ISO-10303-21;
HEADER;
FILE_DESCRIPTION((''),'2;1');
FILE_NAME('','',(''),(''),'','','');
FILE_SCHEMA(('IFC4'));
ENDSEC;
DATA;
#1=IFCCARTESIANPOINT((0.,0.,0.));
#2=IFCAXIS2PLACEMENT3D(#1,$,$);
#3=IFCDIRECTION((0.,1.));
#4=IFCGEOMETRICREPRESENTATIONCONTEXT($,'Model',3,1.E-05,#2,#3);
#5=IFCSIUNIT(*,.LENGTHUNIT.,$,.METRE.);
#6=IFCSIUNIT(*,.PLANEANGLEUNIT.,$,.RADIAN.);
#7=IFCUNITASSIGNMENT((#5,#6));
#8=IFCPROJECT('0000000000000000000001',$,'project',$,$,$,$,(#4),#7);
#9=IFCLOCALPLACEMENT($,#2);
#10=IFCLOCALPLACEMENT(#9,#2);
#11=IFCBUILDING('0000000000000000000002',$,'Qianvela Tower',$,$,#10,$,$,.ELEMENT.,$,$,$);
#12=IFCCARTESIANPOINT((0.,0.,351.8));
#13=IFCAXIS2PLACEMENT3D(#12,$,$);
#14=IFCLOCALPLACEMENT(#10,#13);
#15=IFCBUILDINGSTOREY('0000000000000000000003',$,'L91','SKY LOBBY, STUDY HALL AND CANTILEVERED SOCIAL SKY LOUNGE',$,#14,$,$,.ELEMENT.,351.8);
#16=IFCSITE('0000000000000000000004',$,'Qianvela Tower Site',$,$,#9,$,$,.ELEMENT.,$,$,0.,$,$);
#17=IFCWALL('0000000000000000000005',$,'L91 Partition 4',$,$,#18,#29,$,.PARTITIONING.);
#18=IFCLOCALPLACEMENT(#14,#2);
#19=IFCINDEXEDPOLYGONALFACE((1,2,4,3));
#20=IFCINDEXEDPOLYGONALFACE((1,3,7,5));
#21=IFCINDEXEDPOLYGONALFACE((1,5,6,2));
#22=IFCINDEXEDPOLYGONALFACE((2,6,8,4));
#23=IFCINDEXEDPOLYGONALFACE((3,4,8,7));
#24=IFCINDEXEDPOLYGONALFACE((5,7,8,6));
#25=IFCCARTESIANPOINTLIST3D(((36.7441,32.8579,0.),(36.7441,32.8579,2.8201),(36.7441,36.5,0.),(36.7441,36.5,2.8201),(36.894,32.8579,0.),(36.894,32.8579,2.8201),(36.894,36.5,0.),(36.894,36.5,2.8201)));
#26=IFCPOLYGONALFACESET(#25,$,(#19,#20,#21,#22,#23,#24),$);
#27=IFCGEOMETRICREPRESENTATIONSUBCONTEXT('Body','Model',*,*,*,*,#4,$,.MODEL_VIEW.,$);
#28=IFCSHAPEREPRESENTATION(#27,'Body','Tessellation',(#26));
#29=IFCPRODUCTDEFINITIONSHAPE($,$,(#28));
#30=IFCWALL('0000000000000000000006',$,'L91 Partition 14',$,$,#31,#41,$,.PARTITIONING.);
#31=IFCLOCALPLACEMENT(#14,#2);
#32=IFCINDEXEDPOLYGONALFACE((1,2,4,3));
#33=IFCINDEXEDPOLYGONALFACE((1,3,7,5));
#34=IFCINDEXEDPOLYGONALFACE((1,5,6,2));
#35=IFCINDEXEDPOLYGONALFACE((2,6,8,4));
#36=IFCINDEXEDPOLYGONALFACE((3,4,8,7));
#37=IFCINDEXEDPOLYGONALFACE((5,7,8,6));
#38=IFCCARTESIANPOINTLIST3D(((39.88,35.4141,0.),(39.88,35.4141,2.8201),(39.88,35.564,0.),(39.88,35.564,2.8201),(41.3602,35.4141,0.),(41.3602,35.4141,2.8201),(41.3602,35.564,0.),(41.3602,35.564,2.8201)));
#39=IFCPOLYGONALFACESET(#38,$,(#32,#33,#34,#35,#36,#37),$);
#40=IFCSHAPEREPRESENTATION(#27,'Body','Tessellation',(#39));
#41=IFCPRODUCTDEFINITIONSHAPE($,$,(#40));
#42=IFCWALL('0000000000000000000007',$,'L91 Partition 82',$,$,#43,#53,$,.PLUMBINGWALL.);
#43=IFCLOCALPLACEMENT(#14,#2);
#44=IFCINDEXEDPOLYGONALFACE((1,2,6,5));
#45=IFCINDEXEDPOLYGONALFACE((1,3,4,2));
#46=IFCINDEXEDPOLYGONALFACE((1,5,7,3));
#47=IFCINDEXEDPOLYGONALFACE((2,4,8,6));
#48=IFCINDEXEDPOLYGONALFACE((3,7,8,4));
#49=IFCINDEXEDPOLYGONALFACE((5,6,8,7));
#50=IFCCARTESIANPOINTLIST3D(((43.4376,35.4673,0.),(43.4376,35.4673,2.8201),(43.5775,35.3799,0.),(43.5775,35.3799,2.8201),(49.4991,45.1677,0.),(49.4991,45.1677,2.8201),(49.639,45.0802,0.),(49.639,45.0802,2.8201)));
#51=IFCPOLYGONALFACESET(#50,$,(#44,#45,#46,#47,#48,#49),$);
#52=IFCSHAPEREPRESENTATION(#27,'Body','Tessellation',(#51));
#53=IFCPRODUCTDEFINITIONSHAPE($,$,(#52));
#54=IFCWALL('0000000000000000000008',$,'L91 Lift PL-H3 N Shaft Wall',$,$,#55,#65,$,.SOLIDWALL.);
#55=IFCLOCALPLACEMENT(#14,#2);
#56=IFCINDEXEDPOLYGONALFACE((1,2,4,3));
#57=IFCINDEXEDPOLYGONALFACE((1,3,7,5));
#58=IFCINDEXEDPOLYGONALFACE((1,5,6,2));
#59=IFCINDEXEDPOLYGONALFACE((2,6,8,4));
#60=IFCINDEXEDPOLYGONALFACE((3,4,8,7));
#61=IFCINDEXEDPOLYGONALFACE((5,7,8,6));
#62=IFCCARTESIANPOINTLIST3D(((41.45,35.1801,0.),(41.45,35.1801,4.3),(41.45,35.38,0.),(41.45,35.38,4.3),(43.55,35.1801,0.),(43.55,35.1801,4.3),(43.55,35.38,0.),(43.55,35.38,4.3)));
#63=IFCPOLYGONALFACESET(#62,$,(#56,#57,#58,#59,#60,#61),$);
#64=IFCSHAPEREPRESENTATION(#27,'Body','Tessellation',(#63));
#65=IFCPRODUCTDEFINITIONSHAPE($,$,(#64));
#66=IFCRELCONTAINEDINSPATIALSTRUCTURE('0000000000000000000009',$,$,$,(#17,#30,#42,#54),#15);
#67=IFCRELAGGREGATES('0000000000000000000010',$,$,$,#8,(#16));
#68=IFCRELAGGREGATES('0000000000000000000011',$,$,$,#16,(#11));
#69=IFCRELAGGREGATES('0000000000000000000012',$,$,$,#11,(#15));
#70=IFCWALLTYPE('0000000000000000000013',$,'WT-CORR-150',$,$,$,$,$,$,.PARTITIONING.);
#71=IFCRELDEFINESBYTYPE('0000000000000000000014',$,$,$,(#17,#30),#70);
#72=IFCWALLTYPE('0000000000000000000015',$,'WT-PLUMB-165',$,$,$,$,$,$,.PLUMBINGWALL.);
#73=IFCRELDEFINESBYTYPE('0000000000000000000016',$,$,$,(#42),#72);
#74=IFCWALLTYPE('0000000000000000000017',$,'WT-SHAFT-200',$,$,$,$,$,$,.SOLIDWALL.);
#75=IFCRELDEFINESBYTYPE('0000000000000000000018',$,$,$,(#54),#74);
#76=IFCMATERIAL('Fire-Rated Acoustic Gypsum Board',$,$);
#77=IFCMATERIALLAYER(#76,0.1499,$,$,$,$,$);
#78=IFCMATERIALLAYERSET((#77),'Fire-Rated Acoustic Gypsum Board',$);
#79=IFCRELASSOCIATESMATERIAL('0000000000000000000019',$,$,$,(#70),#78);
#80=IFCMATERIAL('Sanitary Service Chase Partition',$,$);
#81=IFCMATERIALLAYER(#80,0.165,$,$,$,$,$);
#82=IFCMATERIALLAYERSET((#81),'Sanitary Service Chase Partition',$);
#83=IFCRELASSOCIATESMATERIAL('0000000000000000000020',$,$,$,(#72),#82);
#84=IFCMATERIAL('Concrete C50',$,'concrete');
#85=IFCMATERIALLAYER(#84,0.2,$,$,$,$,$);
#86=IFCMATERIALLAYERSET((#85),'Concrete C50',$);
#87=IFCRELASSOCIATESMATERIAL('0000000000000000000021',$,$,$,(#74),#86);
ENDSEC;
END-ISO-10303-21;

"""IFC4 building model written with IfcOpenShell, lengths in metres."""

from ifc_helpers import new_model, si_unit, direction, frame, frame_2d, origin, place, context, subcontext, project, spatial, rectangle, extrude, material, layer, layer_set, type_object, element, save


model = new_model("IFC4")

# Units and contexts
model_context = context("Model", 3, precision=1e-05, world=origin(), true_north=direction((0.0, 1.0)))
body_context = subcontext(model_context, "Body", "Model", "MODEL_VIEW")
ifc_project = project(units=[si_unit("LENGTHUNIT", "METRE"), si_unit("PLANEANGLEUNIT", "RADIAN")], contexts=[model_context])

# Site, building, storey
site_placement = place(None, origin())
site = spatial("IfcSite", under=ifc_project, at=site_placement, Name="Qianvela Tower Site", CompositionType="ELEMENT", RefElevation=0.0)
building_placement = place(site_placement, origin())
building = spatial("IfcBuilding", under=site, at=building_placement, Name="Qianvela Tower", CompositionType="ELEMENT")
storey_placement = place(building_placement, frame((0.0, 0.0, 351.8)))
storey = spatial("IfcBuildingStorey", under=building, at=storey_placement, Name="L91", Description="SKY LOBBY, STUDY HALL AND CANTILEVERED SOCIAL SKY LOUNGE", CompositionType="ELEMENT", Elevation=351.8)

# Walls
ifc_material_1 = material(Name="Fire-Rated Acoustic Gypsum Board")
ifc_layer_1 = layer(ifc_material_1, 0.1499)
ifc_layer_set_1 = layer_set([ifc_layer_1], Name="Fire-Rated Acoustic Gypsum Board")
wall_type_1 = type_object("IfcWallType", Name="WT-CORR-150", PredefinedType="PARTITIONING", material=ifc_layer_set_1)
wall_1_placement = place(storey_placement, frame((36.8191, 36.5, 0.0), z_axis=(0.0, 0.0, 1.0), x_axis=(0.0, -1.0, 0.0)))
element("IfcWall", 1, at=wall_1_placement, inside=storey, type_object=wall_type_1, Name="L91 Partition 4", PredefinedType="PARTITIONING", context=body_context, shape_type="SweptSolid", body=[
    extrude(rectangle(XDim=3.6421, YDim=0.1499, at=frame_2d((1.821, 0.0))), origin(), (0.0, 0.0, 1.0), 2.8201),
])
wall_2_placement = place(storey_placement, frame((39.8799, 35.489, 0.0), z_axis=(0.0, 0.0, 1.0), x_axis=(1.0, 0.0, 0.0)))
element("IfcWall", 2, at=wall_2_placement, inside=storey, type_object=wall_type_1, Name="L91 Partition 14", PredefinedType="PARTITIONING", context=body_context, shape_type="SweptSolid", body=[
    extrude(rectangle(XDim=1.4802, YDim=0.1499, at=frame_2d((0.7402, 0.0))), origin(), (0.0, 0.0, 1.0), 2.8201),
])
ifc_material_2 = material(Name="Sanitary Service Chase Partition")
ifc_layer_2 = layer(ifc_material_2, 0.165)
ifc_layer_set_2 = layer_set([ifc_layer_2], Name="Sanitary Service Chase Partition")
wall_type_2 = type_object("IfcWallType", Name="WT-PLUMB-165", PredefinedType="PLUMBINGWALL", material=ifc_layer_set_2)
wall_3_placement = place(storey_placement, frame((43.5076, 35.4236, 0.0), z_axis=(0.0, 0.0, 1.0), x_axis=(0.52992, 0.848047, 0.0)))
element("IfcWall", 3, at=wall_3_placement, inside=storey, type_object=wall_type_2, Name="L91 Partition 82", PredefinedType="PLUMBINGWALL", context=body_context, shape_type="SweptSolid", body=[
    extrude(rectangle(XDim=11.4385, YDim=0.165, at=frame_2d((5.7192, 0.0))), origin(), (0.0, 0.0, 1.0), 2.8201),
])
ifc_material_3 = material(Name="Concrete C50", Category="concrete")
ifc_layer_3 = layer(ifc_material_3, 0.2)
ifc_layer_set_3 = layer_set([ifc_layer_3], Name="Concrete C50")
wall_type_3 = type_object("IfcWallType", Name="WT-SHAFT-200", PredefinedType="SOLIDWALL", material=ifc_layer_set_3)
wall_4_placement = place(storey_placement, frame((41.45, 35.28, 0.0), z_axis=(0.0, 0.0, 1.0), x_axis=(1.0, 0.0, 0.0)))
element("IfcWall", 4, at=wall_4_placement, inside=storey, type_object=wall_type_3, Name="L91 Lift PL-H3 N Shaft Wall", PredefinedType="SOLIDWALL", context=body_context, shape_type="SweptSolid", body=[
    extrude(rectangle(XDim=2.1001, YDim=0.2, at=frame_2d((1.05, 0.0))), origin(), (0.0, 0.0, 1.0), 4.3),
])

save(model, "model.ifc")
